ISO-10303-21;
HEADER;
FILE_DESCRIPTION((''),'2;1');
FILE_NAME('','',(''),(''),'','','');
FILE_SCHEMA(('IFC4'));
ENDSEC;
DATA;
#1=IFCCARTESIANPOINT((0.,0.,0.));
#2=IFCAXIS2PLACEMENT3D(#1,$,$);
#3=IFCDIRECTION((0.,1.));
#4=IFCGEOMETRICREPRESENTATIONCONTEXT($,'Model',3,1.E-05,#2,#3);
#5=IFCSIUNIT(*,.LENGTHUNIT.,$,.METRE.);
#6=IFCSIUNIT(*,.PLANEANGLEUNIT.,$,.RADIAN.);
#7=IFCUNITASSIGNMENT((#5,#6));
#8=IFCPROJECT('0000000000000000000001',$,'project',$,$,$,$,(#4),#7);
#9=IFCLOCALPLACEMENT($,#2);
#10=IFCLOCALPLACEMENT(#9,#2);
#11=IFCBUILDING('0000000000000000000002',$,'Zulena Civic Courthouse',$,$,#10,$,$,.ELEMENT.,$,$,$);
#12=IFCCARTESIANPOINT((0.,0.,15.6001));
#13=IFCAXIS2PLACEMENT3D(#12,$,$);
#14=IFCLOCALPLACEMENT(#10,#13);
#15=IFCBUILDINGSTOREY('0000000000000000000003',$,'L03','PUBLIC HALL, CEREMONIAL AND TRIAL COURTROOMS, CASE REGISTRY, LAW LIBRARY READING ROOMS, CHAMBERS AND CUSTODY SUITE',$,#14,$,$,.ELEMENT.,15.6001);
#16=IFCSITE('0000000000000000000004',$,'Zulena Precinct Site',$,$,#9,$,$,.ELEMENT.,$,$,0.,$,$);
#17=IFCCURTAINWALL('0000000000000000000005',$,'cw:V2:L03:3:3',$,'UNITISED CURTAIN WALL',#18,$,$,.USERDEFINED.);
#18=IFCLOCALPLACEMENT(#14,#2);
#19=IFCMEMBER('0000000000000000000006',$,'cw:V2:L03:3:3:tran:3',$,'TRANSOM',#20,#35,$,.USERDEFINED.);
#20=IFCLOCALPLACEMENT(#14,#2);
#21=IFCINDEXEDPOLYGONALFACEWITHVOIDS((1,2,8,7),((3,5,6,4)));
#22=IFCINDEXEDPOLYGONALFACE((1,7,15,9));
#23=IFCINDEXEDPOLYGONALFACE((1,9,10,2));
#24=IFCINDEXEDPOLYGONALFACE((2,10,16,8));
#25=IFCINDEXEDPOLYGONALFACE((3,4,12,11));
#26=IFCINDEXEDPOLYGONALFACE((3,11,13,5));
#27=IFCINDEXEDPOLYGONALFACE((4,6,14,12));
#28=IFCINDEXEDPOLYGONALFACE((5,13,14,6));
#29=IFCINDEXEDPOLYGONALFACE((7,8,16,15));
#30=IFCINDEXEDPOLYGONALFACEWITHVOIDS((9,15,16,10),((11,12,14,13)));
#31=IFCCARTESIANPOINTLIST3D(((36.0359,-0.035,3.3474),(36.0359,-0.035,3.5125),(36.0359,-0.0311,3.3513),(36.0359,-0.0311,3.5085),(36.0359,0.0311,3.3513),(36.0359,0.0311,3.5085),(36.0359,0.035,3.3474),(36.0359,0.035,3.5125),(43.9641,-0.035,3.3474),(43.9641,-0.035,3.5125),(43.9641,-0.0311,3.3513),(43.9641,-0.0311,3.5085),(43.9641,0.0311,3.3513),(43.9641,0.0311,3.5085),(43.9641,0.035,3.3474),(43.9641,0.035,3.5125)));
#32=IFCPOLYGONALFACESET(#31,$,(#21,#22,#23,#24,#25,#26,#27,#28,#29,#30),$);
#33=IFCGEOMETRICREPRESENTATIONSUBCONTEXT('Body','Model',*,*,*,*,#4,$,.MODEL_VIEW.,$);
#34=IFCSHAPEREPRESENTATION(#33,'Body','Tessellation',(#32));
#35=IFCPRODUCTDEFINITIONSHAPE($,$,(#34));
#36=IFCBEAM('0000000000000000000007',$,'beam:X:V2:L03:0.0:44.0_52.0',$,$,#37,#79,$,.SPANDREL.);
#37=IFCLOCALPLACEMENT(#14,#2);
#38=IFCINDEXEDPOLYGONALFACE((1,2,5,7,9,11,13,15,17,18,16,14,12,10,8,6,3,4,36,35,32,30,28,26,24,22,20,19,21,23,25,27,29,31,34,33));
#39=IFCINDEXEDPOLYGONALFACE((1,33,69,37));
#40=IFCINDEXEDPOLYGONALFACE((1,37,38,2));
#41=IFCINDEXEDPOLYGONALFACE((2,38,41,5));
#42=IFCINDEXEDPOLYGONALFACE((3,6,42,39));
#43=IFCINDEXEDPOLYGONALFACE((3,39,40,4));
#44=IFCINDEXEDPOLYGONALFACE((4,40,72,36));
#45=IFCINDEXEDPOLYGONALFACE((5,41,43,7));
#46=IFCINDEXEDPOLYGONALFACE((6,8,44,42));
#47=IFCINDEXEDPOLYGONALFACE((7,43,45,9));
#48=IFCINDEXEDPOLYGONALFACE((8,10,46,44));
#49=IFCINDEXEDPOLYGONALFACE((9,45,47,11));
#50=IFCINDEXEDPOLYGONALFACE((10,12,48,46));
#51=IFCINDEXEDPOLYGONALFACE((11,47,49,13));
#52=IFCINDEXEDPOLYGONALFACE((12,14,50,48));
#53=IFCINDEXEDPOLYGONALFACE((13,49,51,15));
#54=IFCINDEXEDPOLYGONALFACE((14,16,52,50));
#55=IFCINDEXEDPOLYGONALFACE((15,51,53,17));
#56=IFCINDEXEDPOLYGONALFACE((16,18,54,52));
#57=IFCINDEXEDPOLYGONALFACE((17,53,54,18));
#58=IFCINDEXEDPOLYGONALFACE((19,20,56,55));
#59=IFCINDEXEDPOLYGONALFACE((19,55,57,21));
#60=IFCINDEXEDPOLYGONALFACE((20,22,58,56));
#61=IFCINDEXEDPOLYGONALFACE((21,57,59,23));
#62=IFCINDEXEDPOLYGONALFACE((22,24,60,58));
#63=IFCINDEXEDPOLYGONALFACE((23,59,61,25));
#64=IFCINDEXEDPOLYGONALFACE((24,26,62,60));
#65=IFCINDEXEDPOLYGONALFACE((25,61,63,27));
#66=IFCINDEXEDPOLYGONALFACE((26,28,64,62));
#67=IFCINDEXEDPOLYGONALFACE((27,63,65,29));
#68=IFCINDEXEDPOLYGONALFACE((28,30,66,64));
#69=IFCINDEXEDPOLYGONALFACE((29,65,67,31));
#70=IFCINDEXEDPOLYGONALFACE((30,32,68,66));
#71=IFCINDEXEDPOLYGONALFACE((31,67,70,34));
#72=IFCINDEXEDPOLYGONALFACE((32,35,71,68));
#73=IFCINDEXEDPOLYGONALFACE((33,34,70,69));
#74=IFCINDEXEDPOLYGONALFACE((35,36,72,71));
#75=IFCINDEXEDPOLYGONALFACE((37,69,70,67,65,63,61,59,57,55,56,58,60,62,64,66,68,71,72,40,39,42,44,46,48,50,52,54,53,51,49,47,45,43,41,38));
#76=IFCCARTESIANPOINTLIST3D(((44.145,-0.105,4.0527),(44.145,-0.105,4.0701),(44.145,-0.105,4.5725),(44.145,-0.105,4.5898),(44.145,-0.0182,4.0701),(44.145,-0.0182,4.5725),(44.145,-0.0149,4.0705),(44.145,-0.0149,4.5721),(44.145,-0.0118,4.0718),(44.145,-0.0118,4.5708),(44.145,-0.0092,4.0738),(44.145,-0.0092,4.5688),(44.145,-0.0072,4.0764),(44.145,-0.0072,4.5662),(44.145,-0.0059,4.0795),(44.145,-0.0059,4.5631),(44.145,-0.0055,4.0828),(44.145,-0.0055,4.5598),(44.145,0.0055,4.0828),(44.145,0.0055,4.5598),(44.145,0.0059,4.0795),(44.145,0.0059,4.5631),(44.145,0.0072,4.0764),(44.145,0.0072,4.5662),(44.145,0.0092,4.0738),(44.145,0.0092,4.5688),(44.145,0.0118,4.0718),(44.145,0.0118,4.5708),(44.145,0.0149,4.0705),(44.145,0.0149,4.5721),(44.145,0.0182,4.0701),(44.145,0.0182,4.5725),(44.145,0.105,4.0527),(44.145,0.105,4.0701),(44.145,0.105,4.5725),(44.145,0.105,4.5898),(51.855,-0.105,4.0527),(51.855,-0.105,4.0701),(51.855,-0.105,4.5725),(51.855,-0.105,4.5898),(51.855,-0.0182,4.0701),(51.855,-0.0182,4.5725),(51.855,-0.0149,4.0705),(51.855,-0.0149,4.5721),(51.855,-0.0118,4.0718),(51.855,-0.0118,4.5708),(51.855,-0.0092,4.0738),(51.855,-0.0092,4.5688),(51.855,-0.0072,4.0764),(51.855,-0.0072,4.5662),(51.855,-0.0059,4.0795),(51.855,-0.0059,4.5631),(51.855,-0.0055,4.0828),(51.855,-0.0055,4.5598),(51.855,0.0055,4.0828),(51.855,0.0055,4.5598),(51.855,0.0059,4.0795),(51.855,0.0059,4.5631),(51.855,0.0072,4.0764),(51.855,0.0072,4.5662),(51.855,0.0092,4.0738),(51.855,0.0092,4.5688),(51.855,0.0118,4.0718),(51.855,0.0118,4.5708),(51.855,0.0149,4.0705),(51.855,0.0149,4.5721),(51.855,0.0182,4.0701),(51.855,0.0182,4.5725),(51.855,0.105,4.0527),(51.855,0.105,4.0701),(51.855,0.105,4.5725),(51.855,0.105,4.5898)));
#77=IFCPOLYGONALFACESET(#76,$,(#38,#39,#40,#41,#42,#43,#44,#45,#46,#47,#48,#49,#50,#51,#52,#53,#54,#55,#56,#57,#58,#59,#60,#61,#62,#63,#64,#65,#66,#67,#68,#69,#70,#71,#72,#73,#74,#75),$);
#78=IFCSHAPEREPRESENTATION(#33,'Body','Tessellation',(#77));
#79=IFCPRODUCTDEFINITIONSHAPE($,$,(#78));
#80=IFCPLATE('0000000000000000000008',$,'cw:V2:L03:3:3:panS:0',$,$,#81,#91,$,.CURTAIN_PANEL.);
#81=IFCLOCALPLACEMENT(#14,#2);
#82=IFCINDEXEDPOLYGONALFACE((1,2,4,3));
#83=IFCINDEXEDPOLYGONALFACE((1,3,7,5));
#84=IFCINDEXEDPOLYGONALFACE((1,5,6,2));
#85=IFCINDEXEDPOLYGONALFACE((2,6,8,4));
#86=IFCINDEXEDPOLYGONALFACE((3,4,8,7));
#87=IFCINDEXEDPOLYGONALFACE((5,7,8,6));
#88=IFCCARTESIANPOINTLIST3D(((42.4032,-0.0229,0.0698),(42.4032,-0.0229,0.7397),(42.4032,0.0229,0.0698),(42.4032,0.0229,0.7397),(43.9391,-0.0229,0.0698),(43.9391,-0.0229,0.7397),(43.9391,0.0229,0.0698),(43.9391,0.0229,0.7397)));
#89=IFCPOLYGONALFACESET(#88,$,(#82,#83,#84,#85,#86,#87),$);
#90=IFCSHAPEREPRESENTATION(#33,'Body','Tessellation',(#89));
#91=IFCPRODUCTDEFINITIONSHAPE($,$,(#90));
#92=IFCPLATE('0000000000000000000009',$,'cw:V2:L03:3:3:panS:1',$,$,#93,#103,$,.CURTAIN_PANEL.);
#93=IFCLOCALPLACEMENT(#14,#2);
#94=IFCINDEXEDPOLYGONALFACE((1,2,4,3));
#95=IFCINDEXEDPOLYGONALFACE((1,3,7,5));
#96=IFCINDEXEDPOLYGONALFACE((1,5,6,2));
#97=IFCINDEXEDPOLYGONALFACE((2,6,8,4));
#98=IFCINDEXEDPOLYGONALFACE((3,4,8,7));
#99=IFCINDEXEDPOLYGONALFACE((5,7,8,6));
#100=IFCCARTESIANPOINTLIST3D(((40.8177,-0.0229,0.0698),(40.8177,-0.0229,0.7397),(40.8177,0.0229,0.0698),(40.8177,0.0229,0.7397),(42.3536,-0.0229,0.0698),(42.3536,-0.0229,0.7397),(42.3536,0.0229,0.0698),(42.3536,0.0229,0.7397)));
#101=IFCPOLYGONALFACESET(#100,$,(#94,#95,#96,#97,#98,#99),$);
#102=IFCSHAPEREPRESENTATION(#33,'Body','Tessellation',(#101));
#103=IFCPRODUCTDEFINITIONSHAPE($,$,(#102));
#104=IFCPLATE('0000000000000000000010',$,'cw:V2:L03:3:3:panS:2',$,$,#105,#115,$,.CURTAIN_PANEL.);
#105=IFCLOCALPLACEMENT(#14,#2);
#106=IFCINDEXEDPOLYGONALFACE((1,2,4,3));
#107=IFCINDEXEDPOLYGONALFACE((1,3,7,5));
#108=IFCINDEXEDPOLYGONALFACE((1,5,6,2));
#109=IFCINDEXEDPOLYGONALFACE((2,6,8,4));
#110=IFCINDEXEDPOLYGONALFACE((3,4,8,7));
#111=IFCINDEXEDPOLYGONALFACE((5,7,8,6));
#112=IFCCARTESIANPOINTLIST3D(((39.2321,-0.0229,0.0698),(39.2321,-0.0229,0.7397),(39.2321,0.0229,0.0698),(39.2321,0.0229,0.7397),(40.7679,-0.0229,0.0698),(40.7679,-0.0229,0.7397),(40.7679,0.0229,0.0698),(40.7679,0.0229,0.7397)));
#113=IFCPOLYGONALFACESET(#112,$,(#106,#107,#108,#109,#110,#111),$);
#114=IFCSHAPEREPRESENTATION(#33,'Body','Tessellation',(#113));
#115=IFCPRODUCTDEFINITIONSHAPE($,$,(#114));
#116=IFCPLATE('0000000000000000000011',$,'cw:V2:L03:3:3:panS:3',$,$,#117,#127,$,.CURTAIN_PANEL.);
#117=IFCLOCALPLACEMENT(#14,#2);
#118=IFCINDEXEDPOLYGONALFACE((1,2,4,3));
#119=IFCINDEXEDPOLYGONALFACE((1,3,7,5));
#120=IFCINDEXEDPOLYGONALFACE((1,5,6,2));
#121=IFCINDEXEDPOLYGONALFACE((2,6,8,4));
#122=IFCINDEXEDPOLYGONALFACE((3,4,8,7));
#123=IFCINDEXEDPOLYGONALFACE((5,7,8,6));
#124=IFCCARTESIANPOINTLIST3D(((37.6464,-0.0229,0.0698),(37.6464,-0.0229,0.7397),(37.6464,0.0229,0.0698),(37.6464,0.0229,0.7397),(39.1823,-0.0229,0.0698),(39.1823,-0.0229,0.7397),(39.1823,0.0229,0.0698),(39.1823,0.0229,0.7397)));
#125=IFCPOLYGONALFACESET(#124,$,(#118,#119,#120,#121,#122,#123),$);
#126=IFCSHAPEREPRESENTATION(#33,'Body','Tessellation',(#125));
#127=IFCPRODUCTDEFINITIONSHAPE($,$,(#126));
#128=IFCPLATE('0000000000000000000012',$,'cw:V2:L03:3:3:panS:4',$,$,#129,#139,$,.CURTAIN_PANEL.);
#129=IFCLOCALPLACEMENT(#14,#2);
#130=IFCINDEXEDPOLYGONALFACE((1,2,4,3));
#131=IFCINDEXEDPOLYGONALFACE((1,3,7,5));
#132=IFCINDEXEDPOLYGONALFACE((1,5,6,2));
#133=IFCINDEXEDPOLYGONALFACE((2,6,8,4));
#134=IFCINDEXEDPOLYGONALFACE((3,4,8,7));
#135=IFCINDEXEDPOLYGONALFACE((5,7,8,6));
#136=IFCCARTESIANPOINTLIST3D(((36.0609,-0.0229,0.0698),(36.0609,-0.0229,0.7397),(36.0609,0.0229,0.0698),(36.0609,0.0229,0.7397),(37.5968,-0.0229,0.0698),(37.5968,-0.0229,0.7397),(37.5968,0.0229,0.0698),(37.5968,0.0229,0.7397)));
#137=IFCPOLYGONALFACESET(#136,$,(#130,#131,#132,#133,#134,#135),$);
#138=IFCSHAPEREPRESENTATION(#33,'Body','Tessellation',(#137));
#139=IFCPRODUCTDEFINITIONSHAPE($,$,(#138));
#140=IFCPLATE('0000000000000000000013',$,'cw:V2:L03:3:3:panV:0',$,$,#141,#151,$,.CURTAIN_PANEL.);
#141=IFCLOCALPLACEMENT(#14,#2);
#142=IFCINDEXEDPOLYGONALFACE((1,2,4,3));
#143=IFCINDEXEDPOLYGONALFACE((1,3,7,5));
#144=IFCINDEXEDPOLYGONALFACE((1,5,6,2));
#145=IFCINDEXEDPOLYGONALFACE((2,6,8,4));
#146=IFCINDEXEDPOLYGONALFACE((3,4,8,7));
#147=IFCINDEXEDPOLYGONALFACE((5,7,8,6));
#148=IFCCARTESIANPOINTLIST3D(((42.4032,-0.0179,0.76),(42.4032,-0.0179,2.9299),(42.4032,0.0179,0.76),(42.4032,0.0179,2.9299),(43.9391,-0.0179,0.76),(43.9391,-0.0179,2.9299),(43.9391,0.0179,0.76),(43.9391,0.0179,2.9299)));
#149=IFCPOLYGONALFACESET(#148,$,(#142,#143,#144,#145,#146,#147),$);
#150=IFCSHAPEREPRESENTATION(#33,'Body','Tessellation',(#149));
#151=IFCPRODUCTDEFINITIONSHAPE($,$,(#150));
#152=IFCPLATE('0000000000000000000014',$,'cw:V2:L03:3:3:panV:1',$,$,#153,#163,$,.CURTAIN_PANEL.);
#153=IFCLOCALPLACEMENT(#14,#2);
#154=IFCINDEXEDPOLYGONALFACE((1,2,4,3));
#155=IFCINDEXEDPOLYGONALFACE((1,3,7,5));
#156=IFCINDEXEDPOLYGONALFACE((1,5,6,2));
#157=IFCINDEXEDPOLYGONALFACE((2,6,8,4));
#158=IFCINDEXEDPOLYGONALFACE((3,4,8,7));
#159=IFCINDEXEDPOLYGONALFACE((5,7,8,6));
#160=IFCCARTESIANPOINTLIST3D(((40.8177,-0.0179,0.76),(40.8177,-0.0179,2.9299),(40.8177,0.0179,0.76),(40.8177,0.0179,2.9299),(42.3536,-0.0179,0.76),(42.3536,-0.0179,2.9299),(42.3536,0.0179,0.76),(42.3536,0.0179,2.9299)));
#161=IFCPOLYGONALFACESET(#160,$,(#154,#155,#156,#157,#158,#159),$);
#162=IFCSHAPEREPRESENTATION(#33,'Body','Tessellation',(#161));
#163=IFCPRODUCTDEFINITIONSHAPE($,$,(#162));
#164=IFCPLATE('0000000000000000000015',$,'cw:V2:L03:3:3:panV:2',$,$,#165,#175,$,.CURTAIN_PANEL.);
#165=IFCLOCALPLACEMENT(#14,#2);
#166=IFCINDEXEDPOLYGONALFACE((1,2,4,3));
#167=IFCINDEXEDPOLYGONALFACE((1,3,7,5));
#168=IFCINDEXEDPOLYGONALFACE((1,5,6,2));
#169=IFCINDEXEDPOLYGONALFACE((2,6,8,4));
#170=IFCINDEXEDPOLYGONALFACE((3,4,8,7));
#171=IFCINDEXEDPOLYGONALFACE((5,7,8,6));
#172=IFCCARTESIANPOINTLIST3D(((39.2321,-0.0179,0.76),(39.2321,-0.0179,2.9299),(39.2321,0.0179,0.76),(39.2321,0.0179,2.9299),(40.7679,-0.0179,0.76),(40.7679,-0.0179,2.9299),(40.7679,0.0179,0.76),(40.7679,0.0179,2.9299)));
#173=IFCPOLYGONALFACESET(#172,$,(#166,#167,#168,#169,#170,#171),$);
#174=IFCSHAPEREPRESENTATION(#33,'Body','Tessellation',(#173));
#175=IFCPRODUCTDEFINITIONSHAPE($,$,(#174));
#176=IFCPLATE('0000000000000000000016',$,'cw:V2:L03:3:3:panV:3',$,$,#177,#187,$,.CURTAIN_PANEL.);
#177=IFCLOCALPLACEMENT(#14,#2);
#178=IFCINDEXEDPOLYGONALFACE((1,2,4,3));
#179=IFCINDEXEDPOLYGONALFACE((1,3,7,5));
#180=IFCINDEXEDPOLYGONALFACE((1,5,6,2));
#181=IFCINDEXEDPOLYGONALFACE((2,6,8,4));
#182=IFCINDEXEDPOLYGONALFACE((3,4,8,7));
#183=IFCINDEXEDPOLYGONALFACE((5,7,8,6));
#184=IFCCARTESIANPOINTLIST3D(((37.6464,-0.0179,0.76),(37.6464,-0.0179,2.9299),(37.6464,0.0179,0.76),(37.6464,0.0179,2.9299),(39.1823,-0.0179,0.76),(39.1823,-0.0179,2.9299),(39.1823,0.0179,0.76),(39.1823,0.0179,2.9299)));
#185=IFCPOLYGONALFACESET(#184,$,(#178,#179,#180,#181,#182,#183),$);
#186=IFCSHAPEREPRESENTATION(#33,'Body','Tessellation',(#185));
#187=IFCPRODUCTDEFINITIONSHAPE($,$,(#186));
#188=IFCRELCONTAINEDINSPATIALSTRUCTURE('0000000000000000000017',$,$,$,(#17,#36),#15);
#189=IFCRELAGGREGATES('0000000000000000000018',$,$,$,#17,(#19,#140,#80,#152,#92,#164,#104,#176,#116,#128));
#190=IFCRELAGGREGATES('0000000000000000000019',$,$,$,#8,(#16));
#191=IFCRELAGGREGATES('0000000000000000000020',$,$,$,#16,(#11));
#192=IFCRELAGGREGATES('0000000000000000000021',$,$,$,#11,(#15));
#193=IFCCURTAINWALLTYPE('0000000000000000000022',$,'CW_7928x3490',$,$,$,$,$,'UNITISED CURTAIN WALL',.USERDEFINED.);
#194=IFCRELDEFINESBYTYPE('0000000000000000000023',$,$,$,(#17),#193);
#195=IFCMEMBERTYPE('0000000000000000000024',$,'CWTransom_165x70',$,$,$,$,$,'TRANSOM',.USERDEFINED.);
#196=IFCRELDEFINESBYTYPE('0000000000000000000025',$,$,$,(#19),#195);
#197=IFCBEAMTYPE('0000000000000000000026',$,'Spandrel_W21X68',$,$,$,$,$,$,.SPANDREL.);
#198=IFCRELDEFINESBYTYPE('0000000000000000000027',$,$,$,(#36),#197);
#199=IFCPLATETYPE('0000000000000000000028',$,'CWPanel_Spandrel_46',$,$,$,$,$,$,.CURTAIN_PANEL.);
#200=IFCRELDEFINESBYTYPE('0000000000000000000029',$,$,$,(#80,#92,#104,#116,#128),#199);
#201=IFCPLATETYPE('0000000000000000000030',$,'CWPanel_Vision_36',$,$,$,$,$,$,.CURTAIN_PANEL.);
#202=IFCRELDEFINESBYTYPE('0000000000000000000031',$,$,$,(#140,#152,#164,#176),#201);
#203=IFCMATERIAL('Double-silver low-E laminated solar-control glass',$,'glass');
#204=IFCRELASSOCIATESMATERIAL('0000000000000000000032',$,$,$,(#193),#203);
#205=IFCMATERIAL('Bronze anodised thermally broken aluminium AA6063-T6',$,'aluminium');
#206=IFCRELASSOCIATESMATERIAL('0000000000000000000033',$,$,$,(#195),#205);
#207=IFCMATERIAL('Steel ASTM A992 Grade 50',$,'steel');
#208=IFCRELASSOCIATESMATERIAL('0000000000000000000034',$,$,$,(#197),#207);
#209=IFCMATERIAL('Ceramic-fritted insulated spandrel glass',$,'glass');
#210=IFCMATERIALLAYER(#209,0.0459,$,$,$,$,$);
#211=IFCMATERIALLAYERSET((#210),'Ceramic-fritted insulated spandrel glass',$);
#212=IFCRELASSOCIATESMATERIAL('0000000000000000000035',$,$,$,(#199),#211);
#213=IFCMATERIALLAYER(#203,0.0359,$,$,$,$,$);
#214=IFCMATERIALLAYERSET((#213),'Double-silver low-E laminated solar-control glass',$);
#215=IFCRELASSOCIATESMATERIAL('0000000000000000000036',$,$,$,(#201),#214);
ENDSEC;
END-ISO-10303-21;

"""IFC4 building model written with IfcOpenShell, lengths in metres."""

from ifc_helpers import new_model, si_unit, direction, frame, origin, origin_2d, place, context, subcontext, project, spatial, rectangle, hollow_rectangle, i_section, extrude, material, layer, layer_set, material_profile, profile_set, type_object, element, aggregate, save


model = new_model("IFC4")

# Units and contexts
model_context = context("Model", 3, precision=1e-05, world=origin(), true_north=direction((0.0, 1.0)))
body_context = subcontext(model_context, "Body", "Model", "MODEL_VIEW")
ifc_project = project(units=[si_unit("LENGTHUNIT", "METRE"), si_unit("PLANEANGLEUNIT", "RADIAN")], contexts=[model_context])

# Site, building, storey
site_placement = place(None, origin())
site = spatial("IfcSite", under=ifc_project, at=site_placement, Name="Zulena Precinct Site", CompositionType="ELEMENT", RefElevation=0.0)
building_placement = place(site_placement, origin())
building = spatial("IfcBuilding", under=site, at=building_placement, Name="Zulena Civic Courthouse", CompositionType="ELEMENT")
storey_placement = place(building_placement, frame((0.0, 0.0, 15.6001)))
storey = spatial("IfcBuildingStorey", under=building, at=storey_placement, Name="L03", Description="PUBLIC HALL, CEREMONIAL AND TRIAL COURTROOMS, CASE REGISTRY, LAW LIBRARY READING ROOMS, CHAMBERS AND CUSTODY SUITE", CompositionType="ELEMENT", Elevation=15.6001)

# Shared definitions
ifc_material_1 = material(Name="Steel ASTM A992 Grade 50", Category="steel")

# Curtain wall, member
ifc_material_2 = material(Name="Double-silver low-E laminated solar-control glass", Category="glass")
curtain_wall_type = type_object("IfcCurtainWallType", Name="CW_7928x3490", ElementType="UNITISED CURTAIN WALL", PredefinedType="USERDEFINED", material=ifc_material_2)
curtain_wall_placement = place(storey_placement, origin())
curtain_wall = element("IfcCurtainWall", 1, at=curtain_wall_placement, inside=storey, type_object=curtain_wall_type, Name="cw:V2:L03:3:3", ObjectType="UNITISED CURTAIN WALL", PredefinedType="USERDEFINED")
ifc_material_3 = material(Name="Bronze anodised thermally broken aluminium AA6063-T6", Category="aluminium")
ifc_material_profile_1 = material_profile(ifc_material_3, hollow_rectangle(XDim=0.0701, YDim=0.165, WallThickness=0.0039, at=origin_2d()), Name="CWT165X70X4")
ifc_profile_set_1 = profile_set([ifc_material_profile_1], Name="Bronze anodised thermally broken aluminium AA6063-T6")
member_type_1 = type_object("IfcMemberType", Name="CWTransom_165x70", ElementType="TRANSOM", PredefinedType="USERDEFINED", material=ifc_profile_set_1)
member_1_placement = place(storey_placement, frame((43.9641, 0.0, 3.4299), z_axis=(-1.0, 0.0, 0.0), x_axis=(0.0, -1.0, 0.0)))
member_1 = element("IfcMember", 2, at=member_1_placement, type_object=member_type_1, Name="cw:V2:L03:3:3:tran:3", ObjectType="TRANSOM", PredefinedType="USERDEFINED", context=body_context, shape_type="SweptSolid", body=[
    extrude(hollow_rectangle(XDim=0.0701, YDim=0.165, WallThickness=0.0039, at=origin_2d()), origin(), (0.0, 0.0, 1.0), 7.9282),
])

# Beam
ifc_material_profile_2 = material_profile(ifc_material_1, i_section(OverallWidth=0.21, OverallDepth=0.5371, WebThickness=0.011, FlangeThickness=0.0173, FilletRadius=0.0127, at=origin_2d()), Name="W21X68")
ifc_profile_set_2 = profile_set([ifc_material_profile_2], Name="Steel ASTM A992 Grade 50")
beam_type = type_object("IfcBeamType", Name="Spandrel_W21X68", PredefinedType="SPANDREL", material=ifc_profile_set_2)
beam_placement = place(storey_placement, frame((44.145, 0.0, 4.3213), z_axis=(1.0, 0.0, 0.0), x_axis=(0.0, 1.0, 0.0)))
element("IfcBeam", 3, at=beam_placement, inside=storey, type_object=beam_type, Name="beam:X:V2:L03:0.0:44.0_52.0", PredefinedType="SPANDREL", context=body_context, shape_type="SweptSolid", body=[
    extrude(i_section(OverallWidth=0.21, OverallDepth=0.5371, WebThickness=0.011, FlangeThickness=0.0173, FilletRadius=0.0127, at=origin_2d()), origin(), (0.0, 0.0, 1.0), 7.71),
])

# Plates
ifc_material_4 = material(Name="Ceramic-fritted insulated spandrel glass", Category="glass")
ifc_layer_1 = layer(ifc_material_4, 0.0459)
ifc_layer_set_1 = layer_set([ifc_layer_1], Name="Ceramic-fritted insulated spandrel glass")
plate_type_1 = type_object("IfcPlateType", Name="CWPanel_Spandrel_46", PredefinedType="CURTAIN_PANEL", material=ifc_layer_set_1)
plate_1_placement = place(storey_placement, frame((43.1711, 0.0, 0.0698), z_axis=(0.0, 0.0, 1.0), x_axis=(-1.0, 0.0, 0.0)))
plate_1 = element("IfcPlate", 4, at=plate_1_placement, type_object=plate_type_1, Name="cw:V2:L03:3:3:panS:0", PredefinedType="CURTAIN_PANEL", context=body_context, shape_type="SweptSolid", body=[
    extrude(rectangle(XDim=1.5359, YDim=0.0459, at=origin_2d()), origin(), (0.0, 0.0, 1.0), 0.6699),
])
plate_2_placement = place(storey_placement, frame((41.5857, 0.0, 0.0698), z_axis=(0.0, 0.0, 1.0), x_axis=(-1.0, 0.0, 0.0)))
plate_2 = element("IfcPlate", 5, at=plate_2_placement, type_object=plate_type_1, Name="cw:V2:L03:3:3:panS:1", PredefinedType="CURTAIN_PANEL", context=body_context, shape_type="SweptSolid", body=[
    extrude(rectangle(XDim=1.5359, YDim=0.0459, at=origin_2d()), origin(), (0.0, 0.0, 1.0), 0.6699),
])
plate_3_placement = place(storey_placement, frame((40.0, 0.0, 0.0698), z_axis=(0.0, 0.0, 1.0), x_axis=(-1.0, 0.0, 0.0)))
plate_3 = element("IfcPlate", 6, at=plate_3_placement, type_object=plate_type_1, Name="cw:V2:L03:3:3:panS:2", PredefinedType="CURTAIN_PANEL", context=body_context, shape_type="SweptSolid", body=[
    extrude(rectangle(XDim=1.5359, YDim=0.0459, at=origin_2d()), origin(), (0.0, 0.0, 1.0), 0.6699),
])
plate_4_placement = place(storey_placement, frame((38.4143, 0.0, 0.0698), z_axis=(0.0, 0.0, 1.0), x_axis=(-1.0, 0.0, 0.0)))
plate_4 = element("IfcPlate", 7, at=plate_4_placement, type_object=plate_type_1, Name="cw:V2:L03:3:3:panS:3", PredefinedType="CURTAIN_PANEL", context=body_context, shape_type="SweptSolid", body=[
    extrude(rectangle(XDim=1.5359, YDim=0.0459, at=origin_2d()), origin(), (0.0, 0.0, 1.0), 0.6699),
])
plate_5_placement = place(storey_placement, frame((36.8289, 0.0, 0.0698), z_axis=(0.0, 0.0, 1.0), x_axis=(-1.0, 0.0, 0.0)))
plate_5 = element("IfcPlate", 8, at=plate_5_placement, type_object=plate_type_1, Name="cw:V2:L03:3:3:panS:4", PredefinedType="CURTAIN_PANEL", context=body_context, shape_type="SweptSolid", body=[
    extrude(rectangle(XDim=1.5359, YDim=0.0459, at=origin_2d()), origin(), (0.0, 0.0, 1.0), 0.6699),
])
ifc_layer_2 = layer(ifc_material_2, 0.0359)
ifc_layer_set_2 = layer_set([ifc_layer_2], Name="Double-silver low-E laminated solar-control glass")
plate_type_2 = type_object("IfcPlateType", Name="CWPanel_Vision_36", PredefinedType="CURTAIN_PANEL", material=ifc_layer_set_2)
plate_6_placement = place(storey_placement, frame((43.1711, 0.0, 0.76), z_axis=(0.0, 0.0, 1.0), x_axis=(-1.0, 0.0, 0.0)))
plate_6 = element("IfcPlate", 9, at=plate_6_placement, type_object=plate_type_2, Name="cw:V2:L03:3:3:panV:0", PredefinedType="CURTAIN_PANEL", context=body_context, shape_type="SweptSolid", body=[
    extrude(rectangle(XDim=1.5359, YDim=0.0359, at=origin_2d()), origin(), (0.0, 0.0, 1.0), 2.1699),
])
plate_7_placement = place(storey_placement, frame((41.5857, 0.0, 0.76), z_axis=(0.0, 0.0, 1.0), x_axis=(-1.0, 0.0, 0.0)))
plate_7 = element("IfcPlate", 10, at=plate_7_placement, type_object=plate_type_2, Name="cw:V2:L03:3:3:panV:1", PredefinedType="CURTAIN_PANEL", context=body_context, shape_type="SweptSolid", body=[
    extrude(rectangle(XDim=1.5359, YDim=0.0359, at=origin_2d()), origin(), (0.0, 0.0, 1.0), 2.1699),
])
plate_8_placement = place(storey_placement, frame((40.0, 0.0, 0.76), z_axis=(0.0, 0.0, 1.0), x_axis=(-1.0, 0.0, 0.0)))
plate_8 = element("IfcPlate", 11, at=plate_8_placement, type_object=plate_type_2, Name="cw:V2:L03:3:3:panV:2", PredefinedType="CURTAIN_PANEL", context=body_context, shape_type="SweptSolid", body=[
    extrude(rectangle(XDim=1.5359, YDim=0.0359, at=origin_2d()), origin(), (0.0, 0.0, 1.0), 2.1699),
])
plate_9_placement = place(storey_placement, frame((38.4143, 0.0, 0.76), z_axis=(0.0, 0.0, 1.0), x_axis=(-1.0, 0.0, 0.0)))
plate_9 = element("IfcPlate", 12, at=plate_9_placement, type_object=plate_type_2, Name="cw:V2:L03:3:3:panV:3", PredefinedType="CURTAIN_PANEL", context=body_context, shape_type="SweptSolid", body=[
    extrude(rectangle(XDim=1.5359, YDim=0.0359, at=origin_2d()), origin(), (0.0, 0.0, 1.0), 2.1699),
])
aggregate(curtain_wall, [member_1, plate_6, plate_1, plate_7, plate_2, plate_8, plate_3, plate_9, plate_4, plate_5])

save(model, "model.ifc")
